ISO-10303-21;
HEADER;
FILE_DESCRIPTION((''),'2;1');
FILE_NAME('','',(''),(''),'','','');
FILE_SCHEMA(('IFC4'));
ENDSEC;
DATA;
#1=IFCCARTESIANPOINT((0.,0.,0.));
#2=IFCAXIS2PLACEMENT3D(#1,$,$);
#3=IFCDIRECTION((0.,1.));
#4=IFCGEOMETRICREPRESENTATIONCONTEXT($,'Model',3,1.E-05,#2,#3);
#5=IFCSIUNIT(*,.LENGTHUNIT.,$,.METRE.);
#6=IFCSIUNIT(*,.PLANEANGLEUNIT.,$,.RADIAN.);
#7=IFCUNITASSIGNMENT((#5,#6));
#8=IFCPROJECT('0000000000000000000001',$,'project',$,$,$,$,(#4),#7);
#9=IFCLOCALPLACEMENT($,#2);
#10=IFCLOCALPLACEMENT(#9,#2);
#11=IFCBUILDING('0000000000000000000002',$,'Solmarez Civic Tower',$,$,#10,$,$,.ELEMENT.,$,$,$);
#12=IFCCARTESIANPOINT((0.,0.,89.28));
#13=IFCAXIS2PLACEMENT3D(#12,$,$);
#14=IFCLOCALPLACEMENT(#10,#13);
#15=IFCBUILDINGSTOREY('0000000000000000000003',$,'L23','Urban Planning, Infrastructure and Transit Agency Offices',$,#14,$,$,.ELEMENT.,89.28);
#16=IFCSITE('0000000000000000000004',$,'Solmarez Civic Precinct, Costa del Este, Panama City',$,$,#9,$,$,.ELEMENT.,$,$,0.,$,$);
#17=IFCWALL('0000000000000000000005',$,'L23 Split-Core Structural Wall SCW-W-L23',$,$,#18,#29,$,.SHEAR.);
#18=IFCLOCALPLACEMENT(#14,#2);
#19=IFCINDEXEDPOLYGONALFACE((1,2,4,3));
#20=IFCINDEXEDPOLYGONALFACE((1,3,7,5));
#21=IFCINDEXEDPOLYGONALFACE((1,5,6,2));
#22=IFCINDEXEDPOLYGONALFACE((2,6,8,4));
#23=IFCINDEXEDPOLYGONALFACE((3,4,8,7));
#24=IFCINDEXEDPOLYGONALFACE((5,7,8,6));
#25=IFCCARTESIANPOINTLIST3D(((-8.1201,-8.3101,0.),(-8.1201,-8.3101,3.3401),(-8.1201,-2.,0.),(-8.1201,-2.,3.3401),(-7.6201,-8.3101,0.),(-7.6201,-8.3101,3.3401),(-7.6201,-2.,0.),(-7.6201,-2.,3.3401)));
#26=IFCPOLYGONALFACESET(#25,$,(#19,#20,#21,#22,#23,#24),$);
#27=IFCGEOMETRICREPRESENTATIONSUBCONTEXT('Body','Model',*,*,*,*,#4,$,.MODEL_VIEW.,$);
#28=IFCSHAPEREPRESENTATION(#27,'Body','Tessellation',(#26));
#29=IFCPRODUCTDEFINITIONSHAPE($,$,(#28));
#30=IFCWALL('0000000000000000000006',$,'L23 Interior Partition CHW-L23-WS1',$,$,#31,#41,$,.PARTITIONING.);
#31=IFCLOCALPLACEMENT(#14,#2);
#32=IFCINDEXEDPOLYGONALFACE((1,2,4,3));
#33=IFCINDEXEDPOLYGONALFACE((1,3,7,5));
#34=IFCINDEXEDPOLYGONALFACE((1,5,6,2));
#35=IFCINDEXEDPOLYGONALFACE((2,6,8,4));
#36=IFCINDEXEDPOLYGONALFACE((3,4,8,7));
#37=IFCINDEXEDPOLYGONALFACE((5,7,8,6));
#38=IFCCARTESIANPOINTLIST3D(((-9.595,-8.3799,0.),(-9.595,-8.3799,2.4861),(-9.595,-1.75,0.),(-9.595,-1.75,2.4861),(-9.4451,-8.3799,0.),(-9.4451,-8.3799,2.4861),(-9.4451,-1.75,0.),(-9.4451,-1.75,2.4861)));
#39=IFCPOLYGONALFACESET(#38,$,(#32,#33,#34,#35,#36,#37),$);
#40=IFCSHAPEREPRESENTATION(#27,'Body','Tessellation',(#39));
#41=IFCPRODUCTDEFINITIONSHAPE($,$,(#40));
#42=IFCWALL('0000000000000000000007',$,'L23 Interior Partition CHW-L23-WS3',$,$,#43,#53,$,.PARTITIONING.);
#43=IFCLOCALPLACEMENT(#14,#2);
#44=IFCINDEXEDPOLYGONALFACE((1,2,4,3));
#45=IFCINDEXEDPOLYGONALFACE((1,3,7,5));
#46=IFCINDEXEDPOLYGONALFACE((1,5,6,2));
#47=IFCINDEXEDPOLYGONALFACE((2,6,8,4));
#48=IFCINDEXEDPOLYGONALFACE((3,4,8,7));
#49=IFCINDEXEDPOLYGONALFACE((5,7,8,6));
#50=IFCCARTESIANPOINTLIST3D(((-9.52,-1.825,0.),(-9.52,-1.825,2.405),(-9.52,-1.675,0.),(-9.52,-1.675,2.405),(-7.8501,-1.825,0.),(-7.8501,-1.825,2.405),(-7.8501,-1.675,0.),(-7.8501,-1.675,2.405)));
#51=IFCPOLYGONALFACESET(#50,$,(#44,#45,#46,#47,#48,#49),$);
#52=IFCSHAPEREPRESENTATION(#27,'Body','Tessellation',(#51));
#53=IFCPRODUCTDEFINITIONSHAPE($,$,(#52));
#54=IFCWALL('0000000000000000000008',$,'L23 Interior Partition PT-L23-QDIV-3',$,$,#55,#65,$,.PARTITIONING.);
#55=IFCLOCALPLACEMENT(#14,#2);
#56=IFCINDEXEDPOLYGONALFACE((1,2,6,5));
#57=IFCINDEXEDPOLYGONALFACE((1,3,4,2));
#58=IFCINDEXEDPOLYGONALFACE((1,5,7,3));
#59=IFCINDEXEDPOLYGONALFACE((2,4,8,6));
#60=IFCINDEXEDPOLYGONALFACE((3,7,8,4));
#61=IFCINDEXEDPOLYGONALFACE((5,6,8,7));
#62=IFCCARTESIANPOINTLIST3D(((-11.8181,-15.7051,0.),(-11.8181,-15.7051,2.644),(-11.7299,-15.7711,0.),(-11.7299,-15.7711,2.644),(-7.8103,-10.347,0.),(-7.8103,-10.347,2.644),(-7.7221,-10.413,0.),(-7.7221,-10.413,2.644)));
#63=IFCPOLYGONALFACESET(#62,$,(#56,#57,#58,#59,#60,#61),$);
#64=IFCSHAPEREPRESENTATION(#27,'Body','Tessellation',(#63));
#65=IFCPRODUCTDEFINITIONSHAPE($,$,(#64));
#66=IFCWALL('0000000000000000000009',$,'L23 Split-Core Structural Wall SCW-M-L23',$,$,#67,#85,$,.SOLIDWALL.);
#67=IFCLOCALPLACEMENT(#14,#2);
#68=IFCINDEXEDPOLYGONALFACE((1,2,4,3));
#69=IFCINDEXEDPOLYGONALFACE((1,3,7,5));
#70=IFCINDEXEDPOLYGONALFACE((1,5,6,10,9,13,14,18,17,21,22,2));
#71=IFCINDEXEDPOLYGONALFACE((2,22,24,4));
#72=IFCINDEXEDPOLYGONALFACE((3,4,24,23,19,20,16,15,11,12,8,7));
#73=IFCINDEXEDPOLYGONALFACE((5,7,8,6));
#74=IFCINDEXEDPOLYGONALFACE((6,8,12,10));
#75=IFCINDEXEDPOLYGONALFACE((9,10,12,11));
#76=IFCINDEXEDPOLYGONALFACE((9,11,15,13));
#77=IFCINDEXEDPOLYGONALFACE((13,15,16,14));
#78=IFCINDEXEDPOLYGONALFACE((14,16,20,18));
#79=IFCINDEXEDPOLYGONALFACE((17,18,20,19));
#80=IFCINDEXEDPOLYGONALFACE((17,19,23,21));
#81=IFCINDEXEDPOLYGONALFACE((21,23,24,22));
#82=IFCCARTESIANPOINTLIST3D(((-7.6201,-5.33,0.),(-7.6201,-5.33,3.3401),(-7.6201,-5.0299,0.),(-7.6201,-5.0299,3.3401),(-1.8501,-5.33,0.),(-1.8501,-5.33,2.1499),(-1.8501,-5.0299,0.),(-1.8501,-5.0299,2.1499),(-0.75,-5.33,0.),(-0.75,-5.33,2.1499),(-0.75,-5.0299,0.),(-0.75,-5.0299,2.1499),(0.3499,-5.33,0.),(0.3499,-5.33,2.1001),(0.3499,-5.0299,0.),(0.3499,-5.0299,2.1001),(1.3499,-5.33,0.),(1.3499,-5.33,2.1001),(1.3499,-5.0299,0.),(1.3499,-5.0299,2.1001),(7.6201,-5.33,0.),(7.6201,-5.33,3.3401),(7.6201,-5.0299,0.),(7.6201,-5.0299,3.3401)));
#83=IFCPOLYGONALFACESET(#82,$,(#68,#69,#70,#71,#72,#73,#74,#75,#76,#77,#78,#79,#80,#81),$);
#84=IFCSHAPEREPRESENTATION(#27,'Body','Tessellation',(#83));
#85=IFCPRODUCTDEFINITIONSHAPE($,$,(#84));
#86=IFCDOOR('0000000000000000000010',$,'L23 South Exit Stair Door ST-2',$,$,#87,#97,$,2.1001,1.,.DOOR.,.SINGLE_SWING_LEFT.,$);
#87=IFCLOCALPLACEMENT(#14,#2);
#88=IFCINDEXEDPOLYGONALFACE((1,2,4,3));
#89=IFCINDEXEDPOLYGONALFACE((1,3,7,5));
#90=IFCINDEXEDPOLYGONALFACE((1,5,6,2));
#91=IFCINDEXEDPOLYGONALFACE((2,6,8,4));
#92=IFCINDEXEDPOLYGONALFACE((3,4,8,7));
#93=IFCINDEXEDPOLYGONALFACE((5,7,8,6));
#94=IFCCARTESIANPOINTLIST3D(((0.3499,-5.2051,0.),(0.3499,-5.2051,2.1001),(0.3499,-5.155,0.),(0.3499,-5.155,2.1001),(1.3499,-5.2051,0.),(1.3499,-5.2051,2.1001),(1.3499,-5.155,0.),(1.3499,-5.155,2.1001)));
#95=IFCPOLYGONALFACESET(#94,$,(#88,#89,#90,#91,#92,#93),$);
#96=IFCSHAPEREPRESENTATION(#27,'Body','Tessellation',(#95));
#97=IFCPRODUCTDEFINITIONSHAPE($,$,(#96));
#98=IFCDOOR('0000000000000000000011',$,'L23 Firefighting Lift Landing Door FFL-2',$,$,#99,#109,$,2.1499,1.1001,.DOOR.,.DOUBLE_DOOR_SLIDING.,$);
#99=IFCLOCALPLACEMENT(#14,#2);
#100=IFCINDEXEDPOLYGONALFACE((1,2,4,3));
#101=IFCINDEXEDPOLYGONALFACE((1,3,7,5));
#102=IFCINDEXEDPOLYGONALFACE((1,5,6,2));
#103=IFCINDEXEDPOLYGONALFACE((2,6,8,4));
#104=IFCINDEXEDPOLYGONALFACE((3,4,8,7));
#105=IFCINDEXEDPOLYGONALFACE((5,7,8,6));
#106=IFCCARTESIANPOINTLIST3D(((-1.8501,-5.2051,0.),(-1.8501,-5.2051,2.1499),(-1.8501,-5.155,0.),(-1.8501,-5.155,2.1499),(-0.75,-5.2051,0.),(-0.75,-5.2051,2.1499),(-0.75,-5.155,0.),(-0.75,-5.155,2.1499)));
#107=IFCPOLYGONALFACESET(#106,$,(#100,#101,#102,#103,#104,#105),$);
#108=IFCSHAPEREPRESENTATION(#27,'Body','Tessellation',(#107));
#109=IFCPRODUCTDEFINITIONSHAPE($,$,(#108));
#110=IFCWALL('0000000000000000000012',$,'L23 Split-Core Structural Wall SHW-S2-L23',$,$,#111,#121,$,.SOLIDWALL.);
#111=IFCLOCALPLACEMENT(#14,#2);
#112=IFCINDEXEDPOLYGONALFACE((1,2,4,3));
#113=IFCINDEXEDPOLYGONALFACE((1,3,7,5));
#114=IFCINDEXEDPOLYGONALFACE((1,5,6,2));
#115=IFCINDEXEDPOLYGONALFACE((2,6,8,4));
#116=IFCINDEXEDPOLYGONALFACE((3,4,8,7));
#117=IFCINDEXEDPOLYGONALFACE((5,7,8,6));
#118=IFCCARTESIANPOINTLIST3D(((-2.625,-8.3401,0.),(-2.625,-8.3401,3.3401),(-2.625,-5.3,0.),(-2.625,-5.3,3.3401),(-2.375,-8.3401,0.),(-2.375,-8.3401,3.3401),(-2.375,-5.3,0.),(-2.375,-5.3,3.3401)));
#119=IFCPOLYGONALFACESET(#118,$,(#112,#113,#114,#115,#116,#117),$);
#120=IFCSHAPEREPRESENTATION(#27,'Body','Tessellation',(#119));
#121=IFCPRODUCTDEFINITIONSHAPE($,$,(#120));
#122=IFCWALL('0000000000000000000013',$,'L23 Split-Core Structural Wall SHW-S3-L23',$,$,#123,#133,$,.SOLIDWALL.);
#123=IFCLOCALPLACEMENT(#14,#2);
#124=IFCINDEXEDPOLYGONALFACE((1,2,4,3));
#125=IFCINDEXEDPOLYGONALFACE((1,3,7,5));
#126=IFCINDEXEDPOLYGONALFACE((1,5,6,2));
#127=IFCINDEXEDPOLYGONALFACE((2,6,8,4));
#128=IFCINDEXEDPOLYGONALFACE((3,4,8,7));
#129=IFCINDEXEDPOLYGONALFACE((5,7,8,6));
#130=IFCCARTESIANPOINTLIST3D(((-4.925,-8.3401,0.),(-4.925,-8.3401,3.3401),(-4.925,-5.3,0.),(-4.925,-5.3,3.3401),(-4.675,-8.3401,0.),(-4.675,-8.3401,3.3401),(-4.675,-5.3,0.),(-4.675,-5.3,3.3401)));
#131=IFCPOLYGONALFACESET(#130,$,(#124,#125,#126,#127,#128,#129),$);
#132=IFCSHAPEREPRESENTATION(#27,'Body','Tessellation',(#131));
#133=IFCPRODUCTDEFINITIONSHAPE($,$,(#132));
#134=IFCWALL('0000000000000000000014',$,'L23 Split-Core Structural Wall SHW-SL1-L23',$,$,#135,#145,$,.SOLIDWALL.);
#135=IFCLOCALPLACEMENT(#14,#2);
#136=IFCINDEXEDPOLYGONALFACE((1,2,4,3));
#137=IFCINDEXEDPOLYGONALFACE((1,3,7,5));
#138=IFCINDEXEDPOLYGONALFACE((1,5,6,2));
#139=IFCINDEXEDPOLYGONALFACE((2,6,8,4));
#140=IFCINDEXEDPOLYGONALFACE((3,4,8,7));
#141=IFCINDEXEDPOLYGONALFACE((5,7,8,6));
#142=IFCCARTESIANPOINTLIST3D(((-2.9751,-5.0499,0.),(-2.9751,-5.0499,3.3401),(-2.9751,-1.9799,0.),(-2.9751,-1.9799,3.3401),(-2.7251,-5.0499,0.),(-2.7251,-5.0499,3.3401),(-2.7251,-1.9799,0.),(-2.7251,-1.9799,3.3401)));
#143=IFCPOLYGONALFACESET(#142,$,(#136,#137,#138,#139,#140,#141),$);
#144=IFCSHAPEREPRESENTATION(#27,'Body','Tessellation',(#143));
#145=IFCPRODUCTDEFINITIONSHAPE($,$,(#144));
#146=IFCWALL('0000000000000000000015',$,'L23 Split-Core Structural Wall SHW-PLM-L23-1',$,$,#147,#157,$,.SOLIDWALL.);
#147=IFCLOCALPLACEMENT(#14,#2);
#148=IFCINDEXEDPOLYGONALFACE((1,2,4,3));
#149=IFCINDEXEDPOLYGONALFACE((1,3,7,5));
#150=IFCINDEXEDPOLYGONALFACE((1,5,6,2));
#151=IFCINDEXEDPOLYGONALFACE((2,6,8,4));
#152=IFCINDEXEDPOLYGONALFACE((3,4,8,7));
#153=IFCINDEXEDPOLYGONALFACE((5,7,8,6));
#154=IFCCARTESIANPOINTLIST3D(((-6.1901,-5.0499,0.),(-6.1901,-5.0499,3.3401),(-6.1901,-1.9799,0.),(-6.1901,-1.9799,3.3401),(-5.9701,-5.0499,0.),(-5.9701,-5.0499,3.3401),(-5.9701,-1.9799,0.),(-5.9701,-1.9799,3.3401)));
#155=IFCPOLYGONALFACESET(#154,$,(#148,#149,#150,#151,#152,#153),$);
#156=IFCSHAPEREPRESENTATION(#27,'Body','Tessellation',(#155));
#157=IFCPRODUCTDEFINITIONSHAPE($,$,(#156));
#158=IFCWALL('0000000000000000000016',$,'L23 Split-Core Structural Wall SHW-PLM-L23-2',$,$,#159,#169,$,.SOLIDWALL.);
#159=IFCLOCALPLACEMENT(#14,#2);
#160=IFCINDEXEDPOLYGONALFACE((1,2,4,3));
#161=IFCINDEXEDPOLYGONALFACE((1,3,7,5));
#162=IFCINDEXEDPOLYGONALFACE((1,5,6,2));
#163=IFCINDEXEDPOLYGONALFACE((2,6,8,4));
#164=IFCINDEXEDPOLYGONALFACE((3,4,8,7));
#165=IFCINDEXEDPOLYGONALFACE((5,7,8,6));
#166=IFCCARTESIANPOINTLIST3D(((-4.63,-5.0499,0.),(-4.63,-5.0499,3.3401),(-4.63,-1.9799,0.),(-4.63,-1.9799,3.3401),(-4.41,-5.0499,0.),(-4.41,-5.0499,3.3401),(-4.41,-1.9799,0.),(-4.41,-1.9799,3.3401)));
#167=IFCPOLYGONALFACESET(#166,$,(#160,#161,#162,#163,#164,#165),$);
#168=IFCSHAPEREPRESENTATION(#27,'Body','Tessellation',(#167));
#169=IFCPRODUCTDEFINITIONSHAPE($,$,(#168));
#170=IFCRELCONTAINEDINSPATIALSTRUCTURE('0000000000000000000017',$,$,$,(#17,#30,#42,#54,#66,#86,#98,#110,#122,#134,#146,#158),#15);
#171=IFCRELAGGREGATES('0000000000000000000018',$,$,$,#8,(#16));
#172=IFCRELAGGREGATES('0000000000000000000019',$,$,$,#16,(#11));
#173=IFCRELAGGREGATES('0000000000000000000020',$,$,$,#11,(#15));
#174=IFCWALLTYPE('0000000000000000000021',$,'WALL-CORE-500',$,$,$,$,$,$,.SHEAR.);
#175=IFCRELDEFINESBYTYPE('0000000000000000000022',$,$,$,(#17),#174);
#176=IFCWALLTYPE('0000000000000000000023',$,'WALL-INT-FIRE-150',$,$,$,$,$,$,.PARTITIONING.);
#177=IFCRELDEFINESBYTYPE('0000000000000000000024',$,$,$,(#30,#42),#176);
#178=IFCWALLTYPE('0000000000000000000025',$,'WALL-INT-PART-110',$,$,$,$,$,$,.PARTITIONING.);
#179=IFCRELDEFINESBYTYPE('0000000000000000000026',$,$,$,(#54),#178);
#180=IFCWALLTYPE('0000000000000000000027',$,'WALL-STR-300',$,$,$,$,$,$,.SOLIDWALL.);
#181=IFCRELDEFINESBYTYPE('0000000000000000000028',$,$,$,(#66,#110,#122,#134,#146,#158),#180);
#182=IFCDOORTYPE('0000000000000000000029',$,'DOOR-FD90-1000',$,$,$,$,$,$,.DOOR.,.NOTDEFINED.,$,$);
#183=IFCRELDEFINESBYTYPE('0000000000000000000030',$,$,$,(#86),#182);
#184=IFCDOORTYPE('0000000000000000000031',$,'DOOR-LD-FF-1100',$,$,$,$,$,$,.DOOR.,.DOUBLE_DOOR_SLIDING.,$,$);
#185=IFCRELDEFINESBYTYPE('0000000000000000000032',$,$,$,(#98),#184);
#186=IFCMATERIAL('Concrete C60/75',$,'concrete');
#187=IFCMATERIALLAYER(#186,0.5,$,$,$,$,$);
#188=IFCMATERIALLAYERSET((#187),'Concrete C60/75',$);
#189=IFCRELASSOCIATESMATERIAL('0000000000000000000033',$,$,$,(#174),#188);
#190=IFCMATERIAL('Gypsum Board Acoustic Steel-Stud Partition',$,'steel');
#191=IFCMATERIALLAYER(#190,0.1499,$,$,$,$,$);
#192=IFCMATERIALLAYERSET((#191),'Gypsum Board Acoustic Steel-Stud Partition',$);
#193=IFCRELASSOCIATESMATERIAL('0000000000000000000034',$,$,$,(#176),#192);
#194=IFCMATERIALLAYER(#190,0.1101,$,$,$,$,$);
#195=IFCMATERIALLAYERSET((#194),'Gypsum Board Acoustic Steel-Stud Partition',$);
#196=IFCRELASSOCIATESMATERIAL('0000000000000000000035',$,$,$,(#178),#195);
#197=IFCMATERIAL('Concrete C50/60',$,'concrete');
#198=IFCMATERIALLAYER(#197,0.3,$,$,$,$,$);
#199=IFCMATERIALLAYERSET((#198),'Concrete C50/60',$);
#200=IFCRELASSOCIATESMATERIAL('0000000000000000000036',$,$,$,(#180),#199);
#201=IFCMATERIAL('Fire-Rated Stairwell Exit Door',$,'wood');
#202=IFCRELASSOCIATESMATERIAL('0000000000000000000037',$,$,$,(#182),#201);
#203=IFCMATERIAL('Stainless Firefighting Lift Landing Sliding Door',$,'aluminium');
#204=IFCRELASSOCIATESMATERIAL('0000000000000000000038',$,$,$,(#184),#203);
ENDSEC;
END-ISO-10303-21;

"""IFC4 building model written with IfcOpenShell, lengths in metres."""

from ifc_helpers import new_model, si_unit, direction, frame, frame_2d, origin, place, context, subcontext, project, spatial, rectangle, extrude, material, layer, layer_set, type_object, element, fill, save


model = new_model("IFC4")

# Units and contexts
model_context = context("Model", 3, precision=1e-05, world=origin(), true_north=direction((0.0, 1.0)))
body_context = subcontext(model_context, "Body", "Model", "MODEL_VIEW")
ifc_project = project(units=[si_unit("LENGTHUNIT", "METRE"), si_unit("PLANEANGLEUNIT", "RADIAN")], contexts=[model_context])

# Site, building, storey
site_placement = place(None, origin())
site = spatial("IfcSite", under=ifc_project, at=site_placement, Name="Solmarez Civic Precinct, Costa del Este, Panama City", CompositionType="ELEMENT", RefElevation=0.0)
building_placement = place(site_placement, origin())
building = spatial("IfcBuilding", under=site, at=building_placement, Name="Solmarez Civic Tower", CompositionType="ELEMENT")
storey_placement = place(building_placement, frame((0.0, 0.0, 89.28)))
storey = spatial("IfcBuildingStorey", under=building, at=storey_placement, Name="L23", Description="Urban Planning, Infrastructure and Transit Agency Offices", CompositionType="ELEMENT", Elevation=89.28)

# Shared definitions
ifc_material_1 = material(Name="Concrete C60/75", Category="concrete")

# Shared definitions
ifc_layer_1 = layer(ifc_material_1, 0.5)
ifc_layer_set_1 = layer_set([ifc_layer_1], Name="Concrete C60/75")
wall_type_1 = type_object("IfcWallType", Name="WALL-CORE-500", PredefinedType="SHEAR", material=ifc_layer_set_1)

# Walls
wall_1_placement = place(storey_placement, frame((-7.8701, -8.3101, 0.0), z_axis=(0.0, 0.0, 1.0), x_axis=(0.0, 1.0, 0.0)))
element("IfcWall", 1, at=wall_1_placement, inside=storey, type_object=wall_type_1, Name="L23 Split-Core Structural Wall SCW-W-L23", PredefinedType="SHEAR", context=body_context, shape_type="SweptSolid", body=[
    extrude(rectangle(XDim=6.3101, YDim=0.5, at=frame_2d((3.155, 0.0))), origin(), (0.0, 0.0, 1.0), 3.3401),
])
ifc_material_2 = material(Name="Gypsum Board Acoustic Steel-Stud Partition", Category="steel")
ifc_layer_2 = layer(ifc_material_2, 0.1499)
ifc_layer_set_2 = layer_set([ifc_layer_2], Name="Gypsum Board Acoustic Steel-Stud Partition")
wall_type_2 = type_object("IfcWallType", Name="WALL-INT-FIRE-150", PredefinedType="PARTITIONING", material=ifc_layer_set_2)
wall_2_placement = place(storey_placement, frame((-9.52, -8.3799, 0.0), z_axis=(0.0, 0.0, 1.0), x_axis=(0.0, 1.0, 0.0)))
element("IfcWall", 2, at=wall_2_placement, inside=storey, type_object=wall_type_2, Name="L23 Interior Partition CHW-L23-WS1", PredefinedType="PARTITIONING", context=body_context, shape_type="SweptSolid", body=[
    extrude(rectangle(XDim=6.6299, YDim=0.1499, at=frame_2d((3.3149, 0.0))), origin(), (0.0, 0.0, 1.0), 2.4861),
])
wall_3_placement = place(storey_placement, frame((-7.8501, -1.75, 0.0), z_axis=(0.0, 0.0, 1.0), x_axis=(-1.0, 0.0, 0.0)))
element("IfcWall", 3, at=wall_3_placement, inside=storey, type_object=wall_type_2, Name="L23 Interior Partition CHW-L23-WS3", PredefinedType="PARTITIONING", context=body_context, shape_type="SweptSolid", body=[
    extrude(rectangle(XDim=1.6699, YDim=0.1499, at=frame_2d((0.835, 0.0))), origin(), (0.0, 0.0, 1.0), 2.405),
])
ifc_layer_3 = layer(ifc_material_2, 0.1101)
ifc_layer_set_3 = layer_set([ifc_layer_3], Name="Gypsum Board Acoustic Steel-Stud Partition")
wall_type_3 = type_object("IfcWallType", Name="WALL-INT-PART-110", PredefinedType="PARTITIONING", material=ifc_layer_set_3)
wall_4_placement = place(storey_placement, frame((-7.7661, -10.3799, 0.0), z_axis=(0.0, 0.0, 1.0), x_axis=(-0.598966, -0.800774, 0.0)))
element("IfcWall", 4, at=wall_4_placement, inside=storey, type_object=wall_type_3, Name="L23 Interior Partition PT-L23-QDIV-3", PredefinedType="PARTITIONING", context=body_context, shape_type="SweptSolid", body=[
    extrude(rectangle(XDim=6.6912, YDim=0.1101, at=frame_2d((3.3457, 0.0))), origin(), (0.0, 0.0, 1.0), 2.644),
])

# Wall, openings, doors
ifc_material_3 = material(Name="Concrete C50/60", Category="concrete")
ifc_layer_4 = layer(ifc_material_3, 0.3)
ifc_layer_set_4 = layer_set([ifc_layer_4], Name="Concrete C50/60")
wall_type_4 = type_object("IfcWallType", Name="WALL-STR-300", PredefinedType="SOLIDWALL", material=ifc_layer_set_4)
wall_5_placement = place(storey_placement, frame((-7.6201, -5.1799, 0.0), z_axis=(0.0, 0.0, 1.0), x_axis=(1.0, 0.0, 0.0)))
wall_5 = element("IfcWall", 5, at=wall_5_placement, inside=storey, type_object=wall_type_4, Name="L23 Split-Core Structural Wall SCW-M-L23", PredefinedType="SOLIDWALL", context=body_context, shape_type="SweptSolid", body=[
    extrude(rectangle(XDim=15.2402, YDim=0.3, at=frame_2d((7.6201, 0.0))), origin(), (0.0, 0.0, 1.0), 3.3401),
])
opening_1_placement = place(wall_5_placement, frame((5.77, 0.0, 0.0)))
opening_1 = element("IfcOpeningElement", 6, at=opening_1_placement, cuts=wall_5, PredefinedType="OPENING", context=body_context, shape_type="SweptSolid", body=[
    extrude(rectangle(XDim=1.1001, YDim=2.1499, at=frame_2d((0.55, 1.075))), frame((0.0, 0.1599, 0.0), z_axis=(0.0, -1.0, 0.0), x_axis=(1.0, 0.0, 0.0)), (0.0, 0.0, 1.0), 0.3201),
])
opening_2_placement = place(wall_5_placement, frame((7.97, 0.0, 0.0)))
opening_2 = element("IfcOpeningElement", 7, at=opening_2_placement, cuts=wall_5, PredefinedType="OPENING", context=body_context, shape_type="SweptSolid", body=[
    extrude(rectangle(XDim=1.0, YDim=2.1001, at=frame_2d((0.5, 1.05))), frame((0.0, 0.1599, 0.0), z_axis=(0.0, -1.0, 0.0), x_axis=(1.0, 0.0, 0.0)), (0.0, 0.0, 1.0), 0.3201),
])
ifc_material_4 = material(Name="Fire-Rated Stairwell Exit Door", Category="wood")
door_type_1 = type_object("IfcDoorType", Name="DOOR-FD90-1000", OperationType="NOTDEFINED", PredefinedType="DOOR", material=ifc_material_4)
door_1_placement = place(opening_2_placement, origin())
door_1 = element("IfcDoor", 8, at=door_1_placement, inside=storey, type_object=door_type_1, Name="L23 South Exit Stair Door ST-2", OperationType="SINGLE_SWING_LEFT", OverallHeight=2.1001, OverallWidth=1.0, PredefinedType="DOOR", context=body_context, shape_type="SweptSolid", body=[
    extrude(rectangle(XDim=1.0, YDim=2.1001, at=frame_2d((0.5, 1.05))), frame((0.0, 0.0249, 0.0), z_axis=(0.0, -1.0, 0.0), x_axis=(1.0, 0.0, 0.0)), (0.0, 0.0, 1.0), 0.05),
])
fill(opening_2, door_1)
ifc_material_5 = material(Name="Stainless Firefighting Lift Landing Sliding Door", Category="aluminium")
door_type_2 = type_object("IfcDoorType", Name="DOOR-LD-FF-1100", OperationType="DOUBLE_DOOR_SLIDING", PredefinedType="DOOR", material=ifc_material_5)
door_2_placement = place(opening_1_placement, origin())
door_2 = element("IfcDoor", 9, at=door_2_placement, inside=storey, type_object=door_type_2, Name="L23 Firefighting Lift Landing Door FFL-2", OperationType="DOUBLE_DOOR_SLIDING", OverallHeight=2.1499, OverallWidth=1.1001, PredefinedType="DOOR", context=body_context, shape_type="SweptSolid", body=[
    extrude(rectangle(XDim=1.1001, YDim=2.1499, at=frame_2d((0.55, 1.075))), frame((0.0, 0.0249, 0.0), z_axis=(0.0, -1.0, 0.0), x_axis=(1.0, 0.0, 0.0)), (0.0, 0.0, 1.0), 0.05),
])
fill(opening_1, door_2)

# Walls
for number, where, z_axis, x_axis, name in (
    (10, (-2.5, -8.3401, 0.0), (0.0, 0.0, 1.0), (0.0, 1.0, 0.0), "L23 Split-Core Structural Wall SHW-S2-L23"),
    (11, (-4.8, -8.3401, 0.0), (0.0, 0.0, 1.0), (0.0, 1.0, 0.0), "L23 Split-Core Structural Wall SHW-S3-L23"),
):
    element("IfcWall", number, at=place(storey_placement, frame(where, z_axis=z_axis, x_axis=x_axis)), inside=storey, type_object=wall_type_4, Name=name, PredefinedType="SOLIDWALL", context=body_context, shape_type="SweptSolid", body=[
        extrude(rectangle(XDim=3.04, YDim=0.25, at=frame_2d((1.52, 0.0))), origin(), (0.0, 0.0, 1.0), 3.3401),
    ])
wall_6_placement = place(storey_placement, frame((-2.8501, -5.05, 0.0), z_axis=(0.0, 0.0, 1.0), x_axis=(0.0, 1.0, 0.0)))
element("IfcWall", 12, at=wall_6_placement, inside=storey, type_object=wall_type_4, Name="L23 Split-Core Structural Wall SHW-SL1-L23", PredefinedType="SOLIDWALL", context=body_context, shape_type="SweptSolid", body=[
    extrude(rectangle(XDim=3.0701, YDim=0.25, at=frame_2d((1.5352, 0.0))), origin(), (0.0, 0.0, 1.0), 3.3401),
])
for number, where, z_axis, x_axis, name in (
    (13, (-6.0801, -5.05, 0.0), (0.0, 0.0, 1.0), (0.0, 1.0, 0.0), "L23 Split-Core Structural Wall SHW-PLM-L23-1"),
    (14, (-4.52, -5.05, 0.0), (0.0, 0.0, 1.0), (0.0, 1.0, 0.0), "L23 Split-Core Structural Wall SHW-PLM-L23-2"),
):
    element("IfcWall", number, at=place(storey_placement, frame(where, z_axis=z_axis, x_axis=x_axis)), inside=storey, type_object=wall_type_4, Name=name, PredefinedType="SOLIDWALL", context=body_context, shape_type="SweptSolid", body=[
        extrude(rectangle(XDim=3.0701, YDim=0.22, at=frame_2d((1.5352, 0.0))), origin(), (0.0, 0.0, 1.0), 3.3401),
    ])

save(model, "model.ifc")
